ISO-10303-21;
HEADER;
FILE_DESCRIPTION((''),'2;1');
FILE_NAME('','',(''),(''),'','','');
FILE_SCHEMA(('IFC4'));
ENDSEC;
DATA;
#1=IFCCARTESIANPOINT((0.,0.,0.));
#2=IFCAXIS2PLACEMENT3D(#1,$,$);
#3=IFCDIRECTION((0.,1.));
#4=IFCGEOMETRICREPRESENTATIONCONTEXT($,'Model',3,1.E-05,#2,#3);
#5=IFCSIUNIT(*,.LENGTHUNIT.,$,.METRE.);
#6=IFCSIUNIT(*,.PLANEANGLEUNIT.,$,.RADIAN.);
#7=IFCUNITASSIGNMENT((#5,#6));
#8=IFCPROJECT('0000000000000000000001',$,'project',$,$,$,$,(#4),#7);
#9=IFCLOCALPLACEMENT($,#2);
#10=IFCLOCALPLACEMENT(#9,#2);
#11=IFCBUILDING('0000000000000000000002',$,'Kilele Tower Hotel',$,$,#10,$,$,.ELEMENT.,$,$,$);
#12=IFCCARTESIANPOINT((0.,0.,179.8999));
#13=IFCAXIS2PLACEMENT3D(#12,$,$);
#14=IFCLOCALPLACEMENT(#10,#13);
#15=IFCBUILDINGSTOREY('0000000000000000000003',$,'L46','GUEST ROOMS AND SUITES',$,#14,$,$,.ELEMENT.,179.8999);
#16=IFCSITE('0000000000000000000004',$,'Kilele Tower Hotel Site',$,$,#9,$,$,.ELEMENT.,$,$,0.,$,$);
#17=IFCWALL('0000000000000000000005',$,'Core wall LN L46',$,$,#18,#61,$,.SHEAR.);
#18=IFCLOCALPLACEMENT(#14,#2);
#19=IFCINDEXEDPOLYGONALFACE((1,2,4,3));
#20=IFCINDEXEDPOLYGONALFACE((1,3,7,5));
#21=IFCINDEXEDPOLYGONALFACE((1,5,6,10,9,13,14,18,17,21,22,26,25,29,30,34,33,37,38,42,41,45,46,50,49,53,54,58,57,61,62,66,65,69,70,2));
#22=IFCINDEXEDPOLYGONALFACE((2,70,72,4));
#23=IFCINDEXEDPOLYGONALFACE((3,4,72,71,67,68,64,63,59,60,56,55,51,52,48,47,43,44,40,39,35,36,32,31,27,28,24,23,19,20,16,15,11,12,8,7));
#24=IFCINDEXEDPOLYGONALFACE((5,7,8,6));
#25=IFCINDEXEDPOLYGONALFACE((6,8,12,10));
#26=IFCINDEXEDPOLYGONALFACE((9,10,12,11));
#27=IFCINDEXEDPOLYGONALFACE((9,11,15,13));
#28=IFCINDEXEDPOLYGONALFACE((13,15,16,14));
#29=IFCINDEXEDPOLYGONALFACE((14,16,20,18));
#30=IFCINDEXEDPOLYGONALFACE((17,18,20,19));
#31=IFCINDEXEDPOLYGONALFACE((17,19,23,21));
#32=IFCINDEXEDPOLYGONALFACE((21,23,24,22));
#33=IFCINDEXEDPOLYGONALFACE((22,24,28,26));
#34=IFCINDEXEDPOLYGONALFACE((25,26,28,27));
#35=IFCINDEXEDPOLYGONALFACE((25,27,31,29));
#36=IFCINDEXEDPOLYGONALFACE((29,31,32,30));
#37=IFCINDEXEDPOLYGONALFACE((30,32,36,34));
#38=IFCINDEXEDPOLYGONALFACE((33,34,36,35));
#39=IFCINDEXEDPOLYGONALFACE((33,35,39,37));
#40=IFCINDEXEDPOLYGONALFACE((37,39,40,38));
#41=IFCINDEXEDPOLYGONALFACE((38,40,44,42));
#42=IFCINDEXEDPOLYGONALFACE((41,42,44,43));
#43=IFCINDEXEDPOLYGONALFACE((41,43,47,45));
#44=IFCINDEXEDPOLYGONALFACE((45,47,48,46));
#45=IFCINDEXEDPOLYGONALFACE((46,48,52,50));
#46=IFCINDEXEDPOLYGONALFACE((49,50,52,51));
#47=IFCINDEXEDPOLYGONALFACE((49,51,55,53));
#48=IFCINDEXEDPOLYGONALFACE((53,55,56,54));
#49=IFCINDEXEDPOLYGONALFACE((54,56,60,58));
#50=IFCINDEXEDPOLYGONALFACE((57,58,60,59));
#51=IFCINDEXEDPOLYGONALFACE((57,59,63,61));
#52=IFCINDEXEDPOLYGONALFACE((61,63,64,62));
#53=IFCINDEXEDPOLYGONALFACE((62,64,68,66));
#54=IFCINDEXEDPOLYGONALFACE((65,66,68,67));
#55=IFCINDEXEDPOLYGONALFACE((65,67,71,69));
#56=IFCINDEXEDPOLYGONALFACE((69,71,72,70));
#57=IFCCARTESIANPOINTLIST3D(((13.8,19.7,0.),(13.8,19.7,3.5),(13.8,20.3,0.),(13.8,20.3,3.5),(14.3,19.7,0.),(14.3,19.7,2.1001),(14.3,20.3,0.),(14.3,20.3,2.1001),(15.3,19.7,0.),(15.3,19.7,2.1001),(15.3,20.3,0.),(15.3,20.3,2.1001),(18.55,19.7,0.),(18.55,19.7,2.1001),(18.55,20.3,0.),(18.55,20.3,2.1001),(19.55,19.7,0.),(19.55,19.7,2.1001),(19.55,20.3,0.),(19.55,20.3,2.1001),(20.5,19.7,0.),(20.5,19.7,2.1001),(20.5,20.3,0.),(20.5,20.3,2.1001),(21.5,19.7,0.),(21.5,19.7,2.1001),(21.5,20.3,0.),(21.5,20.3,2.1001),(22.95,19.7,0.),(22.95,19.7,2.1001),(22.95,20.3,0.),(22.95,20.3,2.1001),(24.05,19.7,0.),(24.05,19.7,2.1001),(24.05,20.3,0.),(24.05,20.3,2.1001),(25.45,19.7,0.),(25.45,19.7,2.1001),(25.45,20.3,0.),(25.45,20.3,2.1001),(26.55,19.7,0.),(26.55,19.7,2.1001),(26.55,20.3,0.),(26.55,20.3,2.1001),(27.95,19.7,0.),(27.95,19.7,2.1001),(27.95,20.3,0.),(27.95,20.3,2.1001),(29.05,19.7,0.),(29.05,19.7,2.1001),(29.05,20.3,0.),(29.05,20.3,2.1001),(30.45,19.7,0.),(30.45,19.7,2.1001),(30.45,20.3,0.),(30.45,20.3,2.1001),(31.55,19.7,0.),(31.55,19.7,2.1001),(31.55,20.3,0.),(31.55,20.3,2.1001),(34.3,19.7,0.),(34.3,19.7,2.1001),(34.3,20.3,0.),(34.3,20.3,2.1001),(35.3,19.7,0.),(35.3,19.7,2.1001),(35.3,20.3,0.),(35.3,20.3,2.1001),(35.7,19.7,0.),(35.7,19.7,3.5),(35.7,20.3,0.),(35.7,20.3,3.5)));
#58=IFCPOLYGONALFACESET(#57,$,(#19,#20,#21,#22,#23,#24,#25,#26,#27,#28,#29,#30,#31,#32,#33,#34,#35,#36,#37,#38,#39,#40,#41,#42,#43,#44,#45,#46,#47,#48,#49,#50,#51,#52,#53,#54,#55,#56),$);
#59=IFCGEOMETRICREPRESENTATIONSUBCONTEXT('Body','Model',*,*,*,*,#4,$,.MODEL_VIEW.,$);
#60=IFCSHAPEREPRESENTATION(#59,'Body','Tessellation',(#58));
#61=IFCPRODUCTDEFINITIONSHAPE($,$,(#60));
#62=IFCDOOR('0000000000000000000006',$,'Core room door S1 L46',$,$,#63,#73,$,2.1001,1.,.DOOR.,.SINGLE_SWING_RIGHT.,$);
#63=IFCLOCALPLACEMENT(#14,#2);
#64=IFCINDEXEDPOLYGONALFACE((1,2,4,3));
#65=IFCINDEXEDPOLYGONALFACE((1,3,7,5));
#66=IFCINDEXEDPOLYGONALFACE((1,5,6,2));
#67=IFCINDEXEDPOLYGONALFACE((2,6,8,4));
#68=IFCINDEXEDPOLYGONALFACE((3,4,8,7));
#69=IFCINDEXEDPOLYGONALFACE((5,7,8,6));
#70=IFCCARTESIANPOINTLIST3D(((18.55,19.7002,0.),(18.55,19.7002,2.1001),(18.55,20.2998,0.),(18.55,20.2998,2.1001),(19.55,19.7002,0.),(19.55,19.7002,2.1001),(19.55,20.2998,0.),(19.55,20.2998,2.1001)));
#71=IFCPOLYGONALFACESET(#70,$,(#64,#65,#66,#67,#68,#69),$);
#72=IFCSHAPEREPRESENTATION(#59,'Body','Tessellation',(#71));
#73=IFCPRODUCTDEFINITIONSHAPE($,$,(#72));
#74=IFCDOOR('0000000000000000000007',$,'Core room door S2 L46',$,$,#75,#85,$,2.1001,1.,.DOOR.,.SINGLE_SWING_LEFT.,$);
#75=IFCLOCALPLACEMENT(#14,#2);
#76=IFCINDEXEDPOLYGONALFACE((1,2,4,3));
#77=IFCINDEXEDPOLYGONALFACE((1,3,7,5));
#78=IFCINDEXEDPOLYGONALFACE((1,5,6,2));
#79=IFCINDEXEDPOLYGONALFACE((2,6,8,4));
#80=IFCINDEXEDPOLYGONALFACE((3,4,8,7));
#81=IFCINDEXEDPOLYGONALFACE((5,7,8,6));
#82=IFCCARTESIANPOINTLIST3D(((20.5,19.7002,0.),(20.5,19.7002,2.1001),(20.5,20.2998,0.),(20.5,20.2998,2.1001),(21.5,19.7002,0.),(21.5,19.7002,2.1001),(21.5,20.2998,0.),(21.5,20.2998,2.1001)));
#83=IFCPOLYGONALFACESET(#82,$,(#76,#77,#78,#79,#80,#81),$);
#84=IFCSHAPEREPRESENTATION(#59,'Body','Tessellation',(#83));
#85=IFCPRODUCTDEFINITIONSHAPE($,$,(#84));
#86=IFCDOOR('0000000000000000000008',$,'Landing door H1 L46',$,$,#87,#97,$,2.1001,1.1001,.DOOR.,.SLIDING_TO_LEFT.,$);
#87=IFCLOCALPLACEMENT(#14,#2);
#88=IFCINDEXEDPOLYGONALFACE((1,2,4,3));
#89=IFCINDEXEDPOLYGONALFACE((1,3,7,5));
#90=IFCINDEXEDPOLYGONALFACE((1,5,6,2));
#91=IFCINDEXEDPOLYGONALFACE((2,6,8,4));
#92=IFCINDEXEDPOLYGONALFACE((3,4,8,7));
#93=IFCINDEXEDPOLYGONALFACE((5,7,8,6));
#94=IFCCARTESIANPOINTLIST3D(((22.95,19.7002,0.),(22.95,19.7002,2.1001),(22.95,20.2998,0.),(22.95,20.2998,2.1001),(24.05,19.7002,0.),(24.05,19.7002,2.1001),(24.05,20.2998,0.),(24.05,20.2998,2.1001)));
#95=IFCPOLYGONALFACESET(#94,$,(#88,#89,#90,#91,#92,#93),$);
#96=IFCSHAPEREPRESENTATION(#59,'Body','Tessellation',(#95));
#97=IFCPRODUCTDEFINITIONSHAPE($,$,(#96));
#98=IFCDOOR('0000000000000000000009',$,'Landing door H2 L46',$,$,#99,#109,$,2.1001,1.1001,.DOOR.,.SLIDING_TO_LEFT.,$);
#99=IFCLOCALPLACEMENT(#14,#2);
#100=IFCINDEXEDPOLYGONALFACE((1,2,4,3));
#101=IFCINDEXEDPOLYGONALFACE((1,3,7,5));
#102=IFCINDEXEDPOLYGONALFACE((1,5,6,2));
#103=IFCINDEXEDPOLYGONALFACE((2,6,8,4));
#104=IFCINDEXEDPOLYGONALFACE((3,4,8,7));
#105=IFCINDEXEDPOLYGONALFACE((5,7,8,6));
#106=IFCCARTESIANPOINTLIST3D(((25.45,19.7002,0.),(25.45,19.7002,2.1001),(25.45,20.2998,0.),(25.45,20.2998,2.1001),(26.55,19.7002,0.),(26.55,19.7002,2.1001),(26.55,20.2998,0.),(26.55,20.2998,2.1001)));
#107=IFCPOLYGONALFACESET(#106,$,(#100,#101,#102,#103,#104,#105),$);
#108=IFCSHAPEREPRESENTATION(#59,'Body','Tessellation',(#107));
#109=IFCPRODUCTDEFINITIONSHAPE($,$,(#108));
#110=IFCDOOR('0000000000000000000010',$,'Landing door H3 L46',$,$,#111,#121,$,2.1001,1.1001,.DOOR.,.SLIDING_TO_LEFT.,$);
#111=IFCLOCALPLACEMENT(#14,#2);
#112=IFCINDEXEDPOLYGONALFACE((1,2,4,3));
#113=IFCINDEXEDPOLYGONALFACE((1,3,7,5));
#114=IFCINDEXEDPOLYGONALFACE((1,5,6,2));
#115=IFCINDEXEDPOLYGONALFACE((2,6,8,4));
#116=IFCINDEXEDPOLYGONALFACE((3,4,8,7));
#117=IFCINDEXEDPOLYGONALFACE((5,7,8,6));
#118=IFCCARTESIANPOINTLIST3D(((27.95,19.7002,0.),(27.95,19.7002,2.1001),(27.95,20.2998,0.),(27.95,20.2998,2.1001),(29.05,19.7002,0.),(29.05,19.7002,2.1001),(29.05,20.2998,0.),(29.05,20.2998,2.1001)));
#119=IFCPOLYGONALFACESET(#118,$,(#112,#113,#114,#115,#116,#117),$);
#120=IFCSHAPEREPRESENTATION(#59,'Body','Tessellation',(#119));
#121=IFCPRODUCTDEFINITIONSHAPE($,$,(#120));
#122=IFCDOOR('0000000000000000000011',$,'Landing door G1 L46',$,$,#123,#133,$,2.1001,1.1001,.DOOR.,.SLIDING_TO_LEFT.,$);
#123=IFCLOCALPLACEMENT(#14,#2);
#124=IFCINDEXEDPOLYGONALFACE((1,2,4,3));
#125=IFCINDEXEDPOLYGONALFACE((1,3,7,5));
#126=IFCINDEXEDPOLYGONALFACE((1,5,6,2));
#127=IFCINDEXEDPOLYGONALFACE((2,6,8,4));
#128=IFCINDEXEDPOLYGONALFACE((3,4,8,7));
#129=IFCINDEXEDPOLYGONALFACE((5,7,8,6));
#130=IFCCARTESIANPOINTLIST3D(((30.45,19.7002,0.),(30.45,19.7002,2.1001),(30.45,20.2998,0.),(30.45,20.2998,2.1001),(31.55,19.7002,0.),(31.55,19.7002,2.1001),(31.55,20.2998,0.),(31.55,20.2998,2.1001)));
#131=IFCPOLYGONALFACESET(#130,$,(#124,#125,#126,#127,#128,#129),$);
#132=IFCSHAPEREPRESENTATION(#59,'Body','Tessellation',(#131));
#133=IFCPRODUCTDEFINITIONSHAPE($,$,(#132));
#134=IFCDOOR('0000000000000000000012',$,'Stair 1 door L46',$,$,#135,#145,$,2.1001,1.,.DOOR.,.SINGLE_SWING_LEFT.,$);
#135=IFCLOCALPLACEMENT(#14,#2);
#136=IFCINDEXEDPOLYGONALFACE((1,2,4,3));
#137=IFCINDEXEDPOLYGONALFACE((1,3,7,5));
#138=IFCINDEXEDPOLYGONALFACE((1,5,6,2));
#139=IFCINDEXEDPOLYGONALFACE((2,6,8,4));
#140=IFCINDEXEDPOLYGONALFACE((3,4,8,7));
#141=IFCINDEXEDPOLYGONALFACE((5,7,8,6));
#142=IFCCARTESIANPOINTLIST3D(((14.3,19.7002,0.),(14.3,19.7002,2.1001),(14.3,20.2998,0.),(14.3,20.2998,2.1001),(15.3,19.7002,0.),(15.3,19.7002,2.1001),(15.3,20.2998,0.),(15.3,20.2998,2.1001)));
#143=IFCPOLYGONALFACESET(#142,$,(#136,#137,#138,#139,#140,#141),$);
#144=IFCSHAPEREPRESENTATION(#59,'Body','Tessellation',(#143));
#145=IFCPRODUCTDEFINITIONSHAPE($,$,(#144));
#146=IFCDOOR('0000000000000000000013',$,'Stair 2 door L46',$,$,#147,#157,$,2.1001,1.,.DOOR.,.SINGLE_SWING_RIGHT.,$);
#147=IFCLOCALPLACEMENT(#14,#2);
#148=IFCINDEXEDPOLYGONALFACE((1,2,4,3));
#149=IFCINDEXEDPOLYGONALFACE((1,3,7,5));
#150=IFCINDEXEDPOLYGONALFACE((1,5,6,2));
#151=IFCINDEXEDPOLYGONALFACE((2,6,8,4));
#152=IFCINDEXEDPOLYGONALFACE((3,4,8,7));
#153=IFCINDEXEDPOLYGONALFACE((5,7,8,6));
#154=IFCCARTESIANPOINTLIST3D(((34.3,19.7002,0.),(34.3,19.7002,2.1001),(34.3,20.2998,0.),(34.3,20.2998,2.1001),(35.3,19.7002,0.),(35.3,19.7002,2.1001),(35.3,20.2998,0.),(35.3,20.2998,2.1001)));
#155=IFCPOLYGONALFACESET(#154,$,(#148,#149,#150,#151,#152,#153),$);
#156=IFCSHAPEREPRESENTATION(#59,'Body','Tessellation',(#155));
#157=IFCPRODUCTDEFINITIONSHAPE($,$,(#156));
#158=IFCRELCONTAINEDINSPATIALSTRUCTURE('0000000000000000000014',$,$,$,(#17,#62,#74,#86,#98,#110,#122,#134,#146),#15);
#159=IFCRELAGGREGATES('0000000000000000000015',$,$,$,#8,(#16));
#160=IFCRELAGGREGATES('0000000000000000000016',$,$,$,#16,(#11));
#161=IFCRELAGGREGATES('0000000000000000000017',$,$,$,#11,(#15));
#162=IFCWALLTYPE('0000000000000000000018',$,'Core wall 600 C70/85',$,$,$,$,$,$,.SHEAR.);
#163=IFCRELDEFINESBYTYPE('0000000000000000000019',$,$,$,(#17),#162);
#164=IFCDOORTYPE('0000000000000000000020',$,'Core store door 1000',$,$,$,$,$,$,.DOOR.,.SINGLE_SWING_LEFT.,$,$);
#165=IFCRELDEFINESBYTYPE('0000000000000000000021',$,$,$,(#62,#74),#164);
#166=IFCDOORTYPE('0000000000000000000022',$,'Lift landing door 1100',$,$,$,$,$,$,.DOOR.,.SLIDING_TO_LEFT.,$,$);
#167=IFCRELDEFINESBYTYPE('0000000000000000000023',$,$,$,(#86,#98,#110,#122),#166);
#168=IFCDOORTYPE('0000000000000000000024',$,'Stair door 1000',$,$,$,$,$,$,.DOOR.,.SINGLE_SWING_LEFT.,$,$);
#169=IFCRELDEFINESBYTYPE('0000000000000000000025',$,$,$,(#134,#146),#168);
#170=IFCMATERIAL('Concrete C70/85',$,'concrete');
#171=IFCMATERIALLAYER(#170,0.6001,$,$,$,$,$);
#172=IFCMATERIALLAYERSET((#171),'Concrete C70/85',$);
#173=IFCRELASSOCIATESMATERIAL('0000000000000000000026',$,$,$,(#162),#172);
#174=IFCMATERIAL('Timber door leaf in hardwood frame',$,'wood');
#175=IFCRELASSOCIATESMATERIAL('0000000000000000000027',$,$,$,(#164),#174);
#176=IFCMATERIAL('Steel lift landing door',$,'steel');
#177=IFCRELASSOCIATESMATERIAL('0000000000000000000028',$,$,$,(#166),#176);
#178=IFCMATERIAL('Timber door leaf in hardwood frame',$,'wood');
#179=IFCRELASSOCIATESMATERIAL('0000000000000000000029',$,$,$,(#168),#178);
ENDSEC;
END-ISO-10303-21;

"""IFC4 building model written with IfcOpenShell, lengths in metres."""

from ifc_helpers import new_model, si_unit, direction, frame, frame_2d, origin, place, context, subcontext, project, spatial, rectangle, extrude, material, layer, layer_set, type_object, element, fill, save


model = new_model("IFC4")

# Units and contexts
model_context = context("Model", 3, precision=1e-05, world=origin(), true_north=direction((0.0, 1.0)))
body_context = subcontext(model_context, "Body", "Model", "MODEL_VIEW")
ifc_project = project(units=[si_unit("LENGTHUNIT", "METRE"), si_unit("PLANEANGLEUNIT", "RADIAN")], contexts=[model_context])

# Site, building, storey
site_placement = place(None, origin())
site = spatial("IfcSite", under=ifc_project, at=site_placement, Name="Kilele Tower Hotel Site", CompositionType="ELEMENT", RefElevation=0.0)
building_placement = place(site_placement, origin())
building = spatial("IfcBuilding", under=site, at=building_placement, Name="Kilele Tower Hotel", CompositionType="ELEMENT")
storey_placement = place(building_placement, frame((0.0, 0.0, 179.8999)))
storey = spatial("IfcBuildingStorey", under=building, at=storey_placement, Name="L46", Description="GUEST ROOMS AND SUITES", CompositionType="ELEMENT", Elevation=179.8999)

# Shared definitions
ifc_material_1 = material(Name="Concrete C70/85", Category="concrete")
ifc_layer = layer(ifc_material_1, 0.6001)
ifc_layer_set = layer_set([ifc_layer], Name="Concrete C70/85")
wall_type = type_object("IfcWallType", Name="Core wall 600 C70/85", PredefinedType="SHEAR", material=ifc_layer_set)

# Wall, openings, doors
ifc_material_2 = material(Name="Timber door leaf in hardwood frame", Category="wood")
door_type_1 = type_object("IfcDoorType", Name="Core store door 1000", OperationType="SINGLE_SWING_LEFT", PredefinedType="DOOR", material=ifc_material_2)
wall_1_placement = place(storey_placement, frame((13.8, 20.0, 0.0), z_axis=(0.0, 0.0, 1.0), x_axis=(1.0, 0.0, 0.0)))
wall_1 = element("IfcWall", 1, at=wall_1_placement, inside=storey, type_object=wall_type, Name="Core wall LN L46", PredefinedType="SHEAR", context=body_context, shape_type="SweptSolid", body=[
    extrude(rectangle(XDim=21.8999, YDim=0.6001, at=frame_2d((10.95, 0.0))), origin(), (0.0, 0.0, 1.0), 3.5),
])
opening_1_placement = place(wall_1_placement, frame((0.5, 0.0, 0.0)))
opening_1 = element("IfcOpeningElement", 2, at=opening_1_placement, cuts=wall_1, PredefinedType="OPENING", context=body_context, shape_type="SweptSolid", body=[
    extrude(rectangle(XDim=1.0, YDim=2.1001, at=frame_2d((0.5, 1.05))), frame((0.0, 0.3101, 0.0), z_axis=(0.0, -1.0, 0.0), x_axis=(1.0, 0.0, 0.0)), (0.0, 0.0, 1.0), 0.6201),
])
opening_2_placement = place(wall_1_placement, frame((20.5, 0.0, 0.0)))
opening_2 = element("IfcOpeningElement", 3, at=opening_2_placement, cuts=wall_1, PredefinedType="OPENING", context=body_context, shape_type="SweptSolid", body=[
    extrude(rectangle(XDim=1.0, YDim=2.1001, at=frame_2d((0.5, 1.05))), frame((0.0, 0.3101, 0.0), z_axis=(0.0, -1.0, 0.0), x_axis=(1.0, 0.0, 0.0)), (0.0, 0.0, 1.0), 0.6201),
])
opening_3_placement = place(wall_1_placement, frame((9.1499, 0.0, 0.0)))
opening_3 = element("IfcOpeningElement", 4, at=opening_3_placement, cuts=wall_1, PredefinedType="OPENING", context=body_context, shape_type="SweptSolid", body=[
    extrude(rectangle(XDim=1.1001, YDim=2.1001, at=frame_2d((0.55, 1.05))), frame((0.0, 0.3101, 0.0), z_axis=(0.0, -1.0, 0.0), x_axis=(1.0, 0.0, 0.0)), (0.0, 0.0, 1.0), 0.6201),
])
opening_4_placement = place(wall_1_placement, frame((11.6499, 0.0, 0.0)))
opening_4 = element("IfcOpeningElement", 5, at=opening_4_placement, cuts=wall_1, PredefinedType="OPENING", context=body_context, shape_type="SweptSolid", body=[
    extrude(rectangle(XDim=1.1001, YDim=2.1001, at=frame_2d((0.55, 1.05))), frame((0.0, 0.3101, 0.0), z_axis=(0.0, -1.0, 0.0), x_axis=(1.0, 0.0, 0.0)), (0.0, 0.0, 1.0), 0.6201),
])
opening_5_placement = place(wall_1_placement, frame((14.1499, 0.0, 0.0)))
opening_5 = element("IfcOpeningElement", 6, at=opening_5_placement, cuts=wall_1, PredefinedType="OPENING", context=body_context, shape_type="SweptSolid", body=[
    extrude(rectangle(XDim=1.1001, YDim=2.1001, at=frame_2d((0.55, 1.05))), frame((0.0, 0.3101, 0.0), z_axis=(0.0, -1.0, 0.0), x_axis=(1.0, 0.0, 0.0)), (0.0, 0.0, 1.0), 0.6201),
])
opening_6_placement = place(wall_1_placement, frame((16.6499, 0.0, 0.0)))
opening_6 = element("IfcOpeningElement", 7, at=opening_6_placement, cuts=wall_1, PredefinedType="OPENING", context=body_context, shape_type="SweptSolid", body=[
    extrude(rectangle(XDim=1.1001, YDim=2.1001, at=frame_2d((0.55, 1.05))), frame((0.0, 0.3101, 0.0), z_axis=(0.0, -1.0, 0.0), x_axis=(1.0, 0.0, 0.0)), (0.0, 0.0, 1.0), 0.6201),
])
opening_7_placement = place(wall_1_placement, frame((4.75, 0.0, 0.0)))
opening_7 = element("IfcOpeningElement", 8, at=opening_7_placement, cuts=wall_1, PredefinedType="OPENING", context=body_context, shape_type="SweptSolid", body=[
    extrude(rectangle(XDim=1.0, YDim=2.1001, at=frame_2d((0.5, 1.05))), frame((0.0, 0.3101, 0.0), z_axis=(0.0, -1.0, 0.0), x_axis=(1.0, 0.0, 0.0)), (0.0, 0.0, 1.0), 0.6201),
])
opening_8_placement = place(wall_1_placement, frame((6.7, 0.0, 0.0)))
opening_8 = element("IfcOpeningElement", 9, at=opening_8_placement, cuts=wall_1, PredefinedType="OPENING", context=body_context, shape_type="SweptSolid", body=[
    extrude(rectangle(XDim=1.0, YDim=2.1001, at=frame_2d((0.5, 1.05))), frame((0.0, 0.3101, 0.0), z_axis=(0.0, -1.0, 0.0), x_axis=(1.0, 0.0, 0.0)), (0.0, 0.0, 1.0), 0.6201),
])
door_1_placement = place(opening_7_placement, origin())
door_1 = element("IfcDoor", 10, at=door_1_placement, inside=storey, type_object=door_type_1, Name="Core room door S1 L46", OperationType="SINGLE_SWING_RIGHT", OverallHeight=2.1001, OverallWidth=1.0, PredefinedType="DOOR", context=body_context, shape_type="SweptSolid", body=[
    extrude(rectangle(XDim=1.0, YDim=2.1001, at=frame_2d((0.5, 1.05))), frame((0.0, 0.2998, 0.0), z_axis=(0.0, -1.0, 0.0), x_axis=(1.0, 0.0, 0.0)), (0.0, 0.0, 1.0), 0.5996),
])
fill(opening_7, door_1)
door_2_placement = place(opening_8_placement, origin())
door_2 = element("IfcDoor", 11, at=door_2_placement, inside=storey, type_object=door_type_1, Name="Core room door S2 L46", OperationType="SINGLE_SWING_LEFT", OverallHeight=2.1001, OverallWidth=1.0, PredefinedType="DOOR", context=body_context, shape_type="SweptSolid", body=[
    extrude(rectangle(XDim=1.0, YDim=2.1001, at=frame_2d((0.5, 1.05))), frame((0.0, 0.2998, 0.0), z_axis=(0.0, -1.0, 0.0), x_axis=(1.0, 0.0, 0.0)), (0.0, 0.0, 1.0), 0.5996),
])
fill(opening_8, door_2)
ifc_material_3 = material(Name="Steel lift landing door", Category="steel")
door_type_2 = type_object("IfcDoorType", Name="Lift landing door 1100", OperationType="SLIDING_TO_LEFT", PredefinedType="DOOR", material=ifc_material_3)
door_3_placement = place(opening_3_placement, origin())
door_3 = element("IfcDoor", 12, at=door_3_placement, inside=storey, type_object=door_type_2, Name="Landing door H1 L46", OperationType="SLIDING_TO_LEFT", OverallHeight=2.1001, OverallWidth=1.1001, PredefinedType="DOOR", context=body_context, shape_type="SweptSolid", body=[
    extrude(rectangle(XDim=1.1001, YDim=2.1001, at=frame_2d((0.55, 1.05))), frame((0.0, 0.2998, 0.0), z_axis=(0.0, -1.0, 0.0), x_axis=(1.0, 0.0, 0.0)), (0.0, 0.0, 1.0), 0.5996),
])
fill(opening_3, door_3)
door_4_placement = place(opening_4_placement, origin())
door_4 = element("IfcDoor", 13, at=door_4_placement, inside=storey, type_object=door_type_2, Name="Landing door H2 L46", OperationType="SLIDING_TO_LEFT", OverallHeight=2.1001, OverallWidth=1.1001, PredefinedType="DOOR", context=body_context, shape_type="SweptSolid", body=[
    extrude(rectangle(XDim=1.1001, YDim=2.1001, at=frame_2d((0.55, 1.05))), frame((0.0, 0.2998, 0.0), z_axis=(0.0, -1.0, 0.0), x_axis=(1.0, 0.0, 0.0)), (0.0, 0.0, 1.0), 0.5996),
])
fill(opening_4, door_4)
door_5_placement = place(opening_5_placement, origin())
door_5 = element("IfcDoor", 14, at=door_5_placement, inside=storey, type_object=door_type_2, Name="Landing door H3 L46", OperationType="SLIDING_TO_LEFT", OverallHeight=2.1001, OverallWidth=1.1001, PredefinedType="DOOR", context=body_context, shape_type="SweptSolid", body=[
    extrude(rectangle(XDim=1.1001, YDim=2.1001, at=frame_2d((0.55, 1.05))), frame((0.0, 0.2998, 0.0), z_axis=(0.0, -1.0, 0.0), x_axis=(1.0, 0.0, 0.0)), (0.0, 0.0, 1.0), 0.5996),
])
fill(opening_5, door_5)
door_6_placement = place(opening_6_placement, origin())
door_6 = element("IfcDoor", 15, at=door_6_placement, inside=storey, type_object=door_type_2, Name="Landing door G1 L46", OperationType="SLIDING_TO_LEFT", OverallHeight=2.1001, OverallWidth=1.1001, PredefinedType="DOOR", context=body_context, shape_type="SweptSolid", body=[
    extrude(rectangle(XDim=1.1001, YDim=2.1001, at=frame_2d((0.55, 1.05))), frame((0.0, 0.2998, 0.0), z_axis=(0.0, -1.0, 0.0), x_axis=(1.0, 0.0, 0.0)), (0.0, 0.0, 1.0), 0.5996),
])
fill(opening_6, door_6)
ifc_material_4 = material(Name="Timber door leaf in hardwood frame", Category="wood")
door_type_3 = type_object("IfcDoorType", Name="Stair door 1000", OperationType="SINGLE_SWING_LEFT", PredefinedType="DOOR", material=ifc_material_4)
door_7_placement = place(opening_1_placement, origin())
door_7 = element("IfcDoor", 16, at=door_7_placement, inside=storey, type_object=door_type_3, Name="Stair 1 door L46", OperationType="SINGLE_SWING_LEFT", OverallHeight=2.1001, OverallWidth=1.0, PredefinedType="DOOR", context=body_context, shape_type="SweptSolid", body=[
    extrude(rectangle(XDim=1.0, YDim=2.1001, at=frame_2d((0.5, 1.05))), frame((0.0, 0.2998, 0.0), z_axis=(0.0, -1.0, 0.0), x_axis=(1.0, 0.0, 0.0)), (0.0, 0.0, 1.0), 0.5996),
])
fill(opening_1, door_7)
door_8_placement = place(opening_2_placement, origin())
door_8 = element("IfcDoor", 17, at=door_8_placement, inside=storey, type_object=door_type_3, Name="Stair 2 door L46", OperationType="SINGLE_SWING_RIGHT", OverallHeight=2.1001, OverallWidth=1.0, PredefinedType="DOOR", context=body_context, shape_type="SweptSolid", body=[
    extrude(rectangle(XDim=1.0, YDim=2.1001, at=frame_2d((0.5, 1.05))), frame((0.0, 0.2998, 0.0), z_axis=(0.0, -1.0, 0.0), x_axis=(1.0, 0.0, 0.0)), (0.0, 0.0, 1.0), 0.5996),
])
fill(opening_2, door_8)

save(model, "model.ifc")
